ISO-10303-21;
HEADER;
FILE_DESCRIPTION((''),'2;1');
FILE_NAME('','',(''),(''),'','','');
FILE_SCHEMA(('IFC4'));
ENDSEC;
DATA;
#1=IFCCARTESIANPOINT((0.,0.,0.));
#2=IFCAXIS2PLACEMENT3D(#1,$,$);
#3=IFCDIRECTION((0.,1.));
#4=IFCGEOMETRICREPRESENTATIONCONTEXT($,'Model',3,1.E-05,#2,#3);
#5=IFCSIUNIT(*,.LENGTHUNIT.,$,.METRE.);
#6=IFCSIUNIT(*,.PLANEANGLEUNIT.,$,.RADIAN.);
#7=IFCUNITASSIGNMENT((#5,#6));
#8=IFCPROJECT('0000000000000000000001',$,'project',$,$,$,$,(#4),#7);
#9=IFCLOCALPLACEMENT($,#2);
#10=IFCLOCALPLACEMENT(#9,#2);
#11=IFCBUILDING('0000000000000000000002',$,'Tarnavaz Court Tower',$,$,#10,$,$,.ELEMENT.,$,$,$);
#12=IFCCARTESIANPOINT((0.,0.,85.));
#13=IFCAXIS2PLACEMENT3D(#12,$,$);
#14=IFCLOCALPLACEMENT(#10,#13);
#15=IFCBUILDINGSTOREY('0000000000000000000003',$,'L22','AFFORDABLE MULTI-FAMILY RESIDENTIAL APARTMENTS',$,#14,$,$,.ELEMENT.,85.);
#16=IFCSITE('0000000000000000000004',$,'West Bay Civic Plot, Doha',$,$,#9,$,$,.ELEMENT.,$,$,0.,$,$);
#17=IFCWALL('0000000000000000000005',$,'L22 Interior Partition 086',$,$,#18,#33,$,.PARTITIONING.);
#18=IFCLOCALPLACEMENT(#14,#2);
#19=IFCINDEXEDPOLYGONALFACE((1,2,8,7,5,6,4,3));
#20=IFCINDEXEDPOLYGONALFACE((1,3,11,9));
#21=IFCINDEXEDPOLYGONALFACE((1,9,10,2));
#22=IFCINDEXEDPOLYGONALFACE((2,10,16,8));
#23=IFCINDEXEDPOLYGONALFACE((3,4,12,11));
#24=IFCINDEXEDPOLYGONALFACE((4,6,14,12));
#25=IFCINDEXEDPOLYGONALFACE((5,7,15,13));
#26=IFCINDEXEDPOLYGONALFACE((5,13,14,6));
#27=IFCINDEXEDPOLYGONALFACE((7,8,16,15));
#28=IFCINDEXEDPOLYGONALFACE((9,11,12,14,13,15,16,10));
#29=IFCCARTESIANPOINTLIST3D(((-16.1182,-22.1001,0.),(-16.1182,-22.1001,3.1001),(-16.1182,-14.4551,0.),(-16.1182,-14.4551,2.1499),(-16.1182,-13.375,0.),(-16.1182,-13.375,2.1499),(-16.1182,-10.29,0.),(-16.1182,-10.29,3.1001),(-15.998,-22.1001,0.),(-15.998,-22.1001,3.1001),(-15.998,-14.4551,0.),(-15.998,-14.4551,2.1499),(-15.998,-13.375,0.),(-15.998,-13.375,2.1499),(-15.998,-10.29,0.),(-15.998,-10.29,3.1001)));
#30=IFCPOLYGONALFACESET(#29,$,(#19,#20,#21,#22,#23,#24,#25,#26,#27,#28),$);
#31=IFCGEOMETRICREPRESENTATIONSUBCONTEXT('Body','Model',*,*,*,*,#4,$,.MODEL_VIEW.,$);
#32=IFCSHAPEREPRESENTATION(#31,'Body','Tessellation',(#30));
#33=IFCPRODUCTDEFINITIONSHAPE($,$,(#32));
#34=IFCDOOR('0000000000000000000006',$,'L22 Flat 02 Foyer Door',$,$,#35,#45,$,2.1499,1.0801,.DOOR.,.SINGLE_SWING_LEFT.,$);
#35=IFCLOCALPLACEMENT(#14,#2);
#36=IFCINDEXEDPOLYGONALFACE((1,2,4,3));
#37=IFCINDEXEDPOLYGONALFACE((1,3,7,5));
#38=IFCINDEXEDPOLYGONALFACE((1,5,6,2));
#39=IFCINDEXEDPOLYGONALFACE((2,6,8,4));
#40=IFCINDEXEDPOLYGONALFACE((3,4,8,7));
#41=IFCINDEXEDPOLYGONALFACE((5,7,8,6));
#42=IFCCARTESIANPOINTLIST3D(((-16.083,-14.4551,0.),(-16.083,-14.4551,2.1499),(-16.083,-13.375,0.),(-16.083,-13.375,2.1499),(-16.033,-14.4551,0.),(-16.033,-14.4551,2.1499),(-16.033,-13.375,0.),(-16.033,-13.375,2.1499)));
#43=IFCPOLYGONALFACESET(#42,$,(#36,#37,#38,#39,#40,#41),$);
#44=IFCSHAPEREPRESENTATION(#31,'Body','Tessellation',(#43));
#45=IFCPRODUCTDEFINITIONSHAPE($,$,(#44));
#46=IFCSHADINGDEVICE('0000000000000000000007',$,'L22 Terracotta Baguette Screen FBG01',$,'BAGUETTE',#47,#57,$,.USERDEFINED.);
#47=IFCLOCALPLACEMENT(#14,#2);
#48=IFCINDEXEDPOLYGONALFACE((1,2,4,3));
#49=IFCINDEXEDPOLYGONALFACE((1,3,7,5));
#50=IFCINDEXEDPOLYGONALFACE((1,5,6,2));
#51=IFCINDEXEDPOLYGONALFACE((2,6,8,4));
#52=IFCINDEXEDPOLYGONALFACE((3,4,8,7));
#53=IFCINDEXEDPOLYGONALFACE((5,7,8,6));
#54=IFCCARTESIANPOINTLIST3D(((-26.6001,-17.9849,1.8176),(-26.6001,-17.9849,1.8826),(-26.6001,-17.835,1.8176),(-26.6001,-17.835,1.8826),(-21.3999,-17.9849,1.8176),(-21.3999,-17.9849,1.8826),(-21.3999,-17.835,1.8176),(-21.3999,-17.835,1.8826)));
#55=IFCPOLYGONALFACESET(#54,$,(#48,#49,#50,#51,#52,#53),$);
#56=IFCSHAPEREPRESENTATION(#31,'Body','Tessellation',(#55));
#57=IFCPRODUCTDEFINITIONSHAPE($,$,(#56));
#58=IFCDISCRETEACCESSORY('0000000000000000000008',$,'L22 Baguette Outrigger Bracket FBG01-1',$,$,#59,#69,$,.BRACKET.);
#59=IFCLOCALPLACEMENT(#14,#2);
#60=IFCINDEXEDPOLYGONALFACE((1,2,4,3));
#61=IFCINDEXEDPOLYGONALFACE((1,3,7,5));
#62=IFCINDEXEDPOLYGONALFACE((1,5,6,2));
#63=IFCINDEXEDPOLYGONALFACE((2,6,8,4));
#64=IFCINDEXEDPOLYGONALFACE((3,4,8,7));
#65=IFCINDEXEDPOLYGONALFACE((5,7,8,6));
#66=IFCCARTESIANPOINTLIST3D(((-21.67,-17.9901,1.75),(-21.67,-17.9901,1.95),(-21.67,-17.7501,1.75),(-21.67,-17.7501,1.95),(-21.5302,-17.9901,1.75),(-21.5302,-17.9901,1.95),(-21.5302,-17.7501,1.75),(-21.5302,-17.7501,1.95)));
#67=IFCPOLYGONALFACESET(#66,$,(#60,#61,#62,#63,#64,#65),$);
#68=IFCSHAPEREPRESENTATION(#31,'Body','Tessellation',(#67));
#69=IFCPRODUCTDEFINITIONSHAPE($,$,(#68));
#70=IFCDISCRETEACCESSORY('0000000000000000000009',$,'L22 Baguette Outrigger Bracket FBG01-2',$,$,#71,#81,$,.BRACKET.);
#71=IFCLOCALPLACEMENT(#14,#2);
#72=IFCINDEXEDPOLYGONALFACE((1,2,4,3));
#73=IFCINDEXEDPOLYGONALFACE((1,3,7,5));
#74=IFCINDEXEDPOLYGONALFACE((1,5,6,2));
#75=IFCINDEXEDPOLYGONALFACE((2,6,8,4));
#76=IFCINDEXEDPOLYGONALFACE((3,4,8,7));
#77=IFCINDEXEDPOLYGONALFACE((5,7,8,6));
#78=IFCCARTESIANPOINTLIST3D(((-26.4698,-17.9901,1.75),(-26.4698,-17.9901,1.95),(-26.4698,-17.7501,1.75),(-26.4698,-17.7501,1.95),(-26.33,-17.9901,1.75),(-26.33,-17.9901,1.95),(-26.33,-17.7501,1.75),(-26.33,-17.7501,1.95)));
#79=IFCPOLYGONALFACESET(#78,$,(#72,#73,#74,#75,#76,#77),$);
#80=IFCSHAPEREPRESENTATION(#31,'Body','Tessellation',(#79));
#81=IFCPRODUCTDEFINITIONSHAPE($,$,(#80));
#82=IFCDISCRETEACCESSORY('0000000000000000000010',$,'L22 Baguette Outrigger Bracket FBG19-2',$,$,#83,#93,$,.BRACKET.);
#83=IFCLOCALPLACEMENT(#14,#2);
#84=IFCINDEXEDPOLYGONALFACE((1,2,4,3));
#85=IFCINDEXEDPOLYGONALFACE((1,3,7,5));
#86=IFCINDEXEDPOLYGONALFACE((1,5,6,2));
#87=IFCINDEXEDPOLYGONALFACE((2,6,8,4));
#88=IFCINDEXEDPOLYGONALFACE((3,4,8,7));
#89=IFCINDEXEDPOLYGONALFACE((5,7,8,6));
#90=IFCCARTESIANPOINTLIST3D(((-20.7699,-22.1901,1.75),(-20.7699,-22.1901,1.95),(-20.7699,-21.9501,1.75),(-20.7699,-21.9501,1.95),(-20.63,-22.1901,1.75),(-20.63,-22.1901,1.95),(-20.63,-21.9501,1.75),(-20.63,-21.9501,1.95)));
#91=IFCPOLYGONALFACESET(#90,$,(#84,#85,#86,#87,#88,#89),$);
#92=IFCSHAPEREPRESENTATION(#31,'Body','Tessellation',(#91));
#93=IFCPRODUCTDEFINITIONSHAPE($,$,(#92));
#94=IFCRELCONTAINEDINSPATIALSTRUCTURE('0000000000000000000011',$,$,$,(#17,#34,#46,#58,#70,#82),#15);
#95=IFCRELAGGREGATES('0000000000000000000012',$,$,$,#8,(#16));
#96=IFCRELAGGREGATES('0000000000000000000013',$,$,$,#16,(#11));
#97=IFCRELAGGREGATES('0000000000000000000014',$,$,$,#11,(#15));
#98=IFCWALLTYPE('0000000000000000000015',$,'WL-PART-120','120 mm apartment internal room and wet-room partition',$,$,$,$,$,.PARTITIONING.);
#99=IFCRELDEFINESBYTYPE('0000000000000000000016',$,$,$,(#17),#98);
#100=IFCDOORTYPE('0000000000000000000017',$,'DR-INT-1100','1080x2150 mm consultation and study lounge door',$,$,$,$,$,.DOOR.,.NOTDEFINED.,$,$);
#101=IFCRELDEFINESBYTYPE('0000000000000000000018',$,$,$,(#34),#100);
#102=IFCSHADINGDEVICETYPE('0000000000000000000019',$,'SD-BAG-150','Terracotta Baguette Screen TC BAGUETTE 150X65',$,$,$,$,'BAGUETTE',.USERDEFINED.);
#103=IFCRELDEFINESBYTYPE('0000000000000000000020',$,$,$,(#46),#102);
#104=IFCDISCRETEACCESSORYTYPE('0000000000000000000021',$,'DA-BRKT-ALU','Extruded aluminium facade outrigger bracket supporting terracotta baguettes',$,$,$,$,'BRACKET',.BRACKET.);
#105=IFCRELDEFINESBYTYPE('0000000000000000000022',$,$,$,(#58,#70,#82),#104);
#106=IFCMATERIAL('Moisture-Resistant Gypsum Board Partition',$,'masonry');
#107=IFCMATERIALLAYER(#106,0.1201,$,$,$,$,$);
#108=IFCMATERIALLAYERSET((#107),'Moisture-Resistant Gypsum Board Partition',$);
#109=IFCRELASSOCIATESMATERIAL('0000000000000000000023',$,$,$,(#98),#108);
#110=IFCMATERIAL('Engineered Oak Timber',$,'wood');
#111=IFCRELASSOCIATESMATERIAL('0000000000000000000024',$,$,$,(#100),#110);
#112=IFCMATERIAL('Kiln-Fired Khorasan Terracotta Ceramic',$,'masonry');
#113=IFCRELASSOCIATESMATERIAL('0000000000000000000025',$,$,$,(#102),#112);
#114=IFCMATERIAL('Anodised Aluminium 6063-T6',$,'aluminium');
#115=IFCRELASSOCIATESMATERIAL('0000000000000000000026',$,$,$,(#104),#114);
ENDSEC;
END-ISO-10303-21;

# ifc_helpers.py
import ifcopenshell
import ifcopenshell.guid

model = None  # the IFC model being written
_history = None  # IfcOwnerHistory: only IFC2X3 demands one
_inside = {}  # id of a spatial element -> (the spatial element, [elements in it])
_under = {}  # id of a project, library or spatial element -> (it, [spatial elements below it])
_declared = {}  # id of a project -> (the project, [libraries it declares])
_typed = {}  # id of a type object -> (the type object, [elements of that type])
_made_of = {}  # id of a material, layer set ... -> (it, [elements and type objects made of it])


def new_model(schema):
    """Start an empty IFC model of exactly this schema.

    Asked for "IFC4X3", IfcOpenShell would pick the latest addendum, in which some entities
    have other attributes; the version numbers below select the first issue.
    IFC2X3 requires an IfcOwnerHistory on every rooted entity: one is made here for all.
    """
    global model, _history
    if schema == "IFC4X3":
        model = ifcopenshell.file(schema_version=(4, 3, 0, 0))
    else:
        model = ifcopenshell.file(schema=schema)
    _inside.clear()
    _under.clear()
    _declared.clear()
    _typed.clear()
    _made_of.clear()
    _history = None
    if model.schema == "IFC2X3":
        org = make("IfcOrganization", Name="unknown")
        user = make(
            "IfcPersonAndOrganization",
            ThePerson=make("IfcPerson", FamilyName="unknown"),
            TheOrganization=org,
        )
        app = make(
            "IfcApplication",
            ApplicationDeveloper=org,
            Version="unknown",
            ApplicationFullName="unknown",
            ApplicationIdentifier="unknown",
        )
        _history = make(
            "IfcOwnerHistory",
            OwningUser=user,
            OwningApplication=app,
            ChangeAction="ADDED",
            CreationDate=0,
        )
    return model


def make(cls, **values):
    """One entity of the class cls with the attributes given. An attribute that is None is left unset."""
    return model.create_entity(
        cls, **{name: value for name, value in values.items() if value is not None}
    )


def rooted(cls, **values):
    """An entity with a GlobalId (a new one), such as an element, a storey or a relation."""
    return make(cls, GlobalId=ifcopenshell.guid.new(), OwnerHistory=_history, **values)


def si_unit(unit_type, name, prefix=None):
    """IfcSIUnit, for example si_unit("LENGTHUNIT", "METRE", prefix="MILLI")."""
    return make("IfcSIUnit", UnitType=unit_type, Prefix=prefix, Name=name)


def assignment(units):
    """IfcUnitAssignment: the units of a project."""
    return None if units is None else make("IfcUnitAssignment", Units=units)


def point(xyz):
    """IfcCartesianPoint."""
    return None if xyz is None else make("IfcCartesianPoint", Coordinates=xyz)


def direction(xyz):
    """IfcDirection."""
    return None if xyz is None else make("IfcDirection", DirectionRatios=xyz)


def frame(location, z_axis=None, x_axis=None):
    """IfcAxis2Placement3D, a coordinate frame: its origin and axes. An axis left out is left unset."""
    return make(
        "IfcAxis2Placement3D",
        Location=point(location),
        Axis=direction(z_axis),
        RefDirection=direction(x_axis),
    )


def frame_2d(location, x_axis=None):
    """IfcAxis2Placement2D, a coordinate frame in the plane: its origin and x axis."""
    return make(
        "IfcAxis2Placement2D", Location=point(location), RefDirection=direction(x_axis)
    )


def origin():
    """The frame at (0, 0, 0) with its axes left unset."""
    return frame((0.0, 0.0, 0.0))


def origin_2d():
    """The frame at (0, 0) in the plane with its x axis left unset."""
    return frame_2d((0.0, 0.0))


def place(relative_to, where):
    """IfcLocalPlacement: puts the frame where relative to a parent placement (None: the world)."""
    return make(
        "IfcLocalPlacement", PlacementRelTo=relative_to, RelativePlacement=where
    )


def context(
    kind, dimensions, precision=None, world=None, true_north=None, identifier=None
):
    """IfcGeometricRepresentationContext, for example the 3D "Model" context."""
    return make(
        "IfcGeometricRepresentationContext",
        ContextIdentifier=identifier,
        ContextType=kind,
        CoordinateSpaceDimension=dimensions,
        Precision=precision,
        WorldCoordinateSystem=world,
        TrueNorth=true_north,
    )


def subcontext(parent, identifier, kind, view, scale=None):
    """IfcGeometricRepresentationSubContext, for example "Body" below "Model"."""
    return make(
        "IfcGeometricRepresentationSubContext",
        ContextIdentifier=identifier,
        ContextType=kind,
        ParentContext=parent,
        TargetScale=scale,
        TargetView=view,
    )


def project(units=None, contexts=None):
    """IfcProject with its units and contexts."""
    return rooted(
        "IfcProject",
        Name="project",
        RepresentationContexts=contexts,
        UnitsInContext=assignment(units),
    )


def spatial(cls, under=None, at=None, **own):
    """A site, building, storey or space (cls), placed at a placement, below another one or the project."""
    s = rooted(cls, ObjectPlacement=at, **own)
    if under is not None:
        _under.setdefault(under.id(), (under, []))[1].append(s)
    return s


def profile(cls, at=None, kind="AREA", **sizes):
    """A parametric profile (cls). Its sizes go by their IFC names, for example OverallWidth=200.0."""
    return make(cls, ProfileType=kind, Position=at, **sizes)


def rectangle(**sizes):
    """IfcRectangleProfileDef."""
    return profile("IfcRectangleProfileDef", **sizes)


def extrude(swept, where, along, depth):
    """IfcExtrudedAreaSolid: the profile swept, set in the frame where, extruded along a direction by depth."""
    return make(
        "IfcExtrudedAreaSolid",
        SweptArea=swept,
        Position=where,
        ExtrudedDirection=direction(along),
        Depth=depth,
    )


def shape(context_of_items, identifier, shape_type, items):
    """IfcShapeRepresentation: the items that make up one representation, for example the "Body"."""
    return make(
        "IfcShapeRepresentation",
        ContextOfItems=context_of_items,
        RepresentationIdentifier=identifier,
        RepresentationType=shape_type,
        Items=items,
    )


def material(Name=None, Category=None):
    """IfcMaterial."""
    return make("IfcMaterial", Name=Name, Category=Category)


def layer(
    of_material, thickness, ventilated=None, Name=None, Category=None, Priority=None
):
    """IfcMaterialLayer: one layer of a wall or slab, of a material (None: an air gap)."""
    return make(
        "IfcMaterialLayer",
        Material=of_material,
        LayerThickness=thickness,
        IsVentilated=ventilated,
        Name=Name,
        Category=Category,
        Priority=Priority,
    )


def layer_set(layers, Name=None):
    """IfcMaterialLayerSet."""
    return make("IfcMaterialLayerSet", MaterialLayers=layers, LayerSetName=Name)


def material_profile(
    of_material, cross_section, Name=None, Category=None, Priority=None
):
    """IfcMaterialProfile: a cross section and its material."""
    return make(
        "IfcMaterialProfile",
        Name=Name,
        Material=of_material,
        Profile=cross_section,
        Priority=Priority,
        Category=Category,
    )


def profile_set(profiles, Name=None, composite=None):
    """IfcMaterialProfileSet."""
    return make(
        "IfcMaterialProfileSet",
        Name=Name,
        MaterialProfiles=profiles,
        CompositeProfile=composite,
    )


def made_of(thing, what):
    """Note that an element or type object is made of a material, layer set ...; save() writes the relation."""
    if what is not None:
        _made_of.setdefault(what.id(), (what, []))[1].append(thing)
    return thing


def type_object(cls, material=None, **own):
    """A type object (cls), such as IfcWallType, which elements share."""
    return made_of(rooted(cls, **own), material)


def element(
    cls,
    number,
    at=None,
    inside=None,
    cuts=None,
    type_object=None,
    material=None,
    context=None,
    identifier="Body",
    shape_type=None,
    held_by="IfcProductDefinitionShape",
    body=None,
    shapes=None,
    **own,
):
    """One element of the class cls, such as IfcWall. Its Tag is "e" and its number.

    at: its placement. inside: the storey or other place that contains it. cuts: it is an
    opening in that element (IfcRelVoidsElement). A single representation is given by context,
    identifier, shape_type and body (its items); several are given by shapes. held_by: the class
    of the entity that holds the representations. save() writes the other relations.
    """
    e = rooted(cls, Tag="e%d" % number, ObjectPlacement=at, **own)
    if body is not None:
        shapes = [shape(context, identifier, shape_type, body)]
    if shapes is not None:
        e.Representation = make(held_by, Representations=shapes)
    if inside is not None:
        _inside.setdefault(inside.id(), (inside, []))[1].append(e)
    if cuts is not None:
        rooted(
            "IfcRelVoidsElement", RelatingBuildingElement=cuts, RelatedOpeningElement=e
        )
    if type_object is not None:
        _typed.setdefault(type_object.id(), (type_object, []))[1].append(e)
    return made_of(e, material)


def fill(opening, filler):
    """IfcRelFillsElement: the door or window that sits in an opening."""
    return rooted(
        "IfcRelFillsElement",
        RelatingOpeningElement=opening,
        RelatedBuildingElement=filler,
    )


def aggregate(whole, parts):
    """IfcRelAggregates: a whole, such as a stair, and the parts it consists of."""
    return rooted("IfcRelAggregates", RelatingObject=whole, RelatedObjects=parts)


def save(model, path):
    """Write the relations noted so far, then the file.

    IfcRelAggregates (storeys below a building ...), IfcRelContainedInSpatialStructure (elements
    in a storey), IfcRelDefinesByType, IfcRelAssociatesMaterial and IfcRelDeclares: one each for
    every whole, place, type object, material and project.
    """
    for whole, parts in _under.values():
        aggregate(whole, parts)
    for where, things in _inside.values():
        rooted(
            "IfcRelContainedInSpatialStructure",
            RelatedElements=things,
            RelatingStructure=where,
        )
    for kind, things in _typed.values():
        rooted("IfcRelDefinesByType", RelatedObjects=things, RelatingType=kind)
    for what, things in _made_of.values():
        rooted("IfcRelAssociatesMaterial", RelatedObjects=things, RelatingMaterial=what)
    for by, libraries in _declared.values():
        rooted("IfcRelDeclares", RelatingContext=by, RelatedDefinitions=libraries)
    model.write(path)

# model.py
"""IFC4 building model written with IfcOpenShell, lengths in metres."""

from ifc_helpers import new_model, si_unit, direction, frame, frame_2d, origin, origin_2d, place, context, subcontext, project, spatial, rectangle, extrude, material, layer, layer_set, material_profile, profile_set, type_object, element, fill, save


model = new_model("IFC4")

# Units and contexts
model_context = context("Model", 3, precision=1e-05, world=origin(), true_north=direction((0.0, 1.0)))
body_context = subcontext(model_context, "Body", "Model", "MODEL_VIEW")
ifc_project = project(units=[si_unit("LENGTHUNIT", "METRE"), si_unit("PLANEANGLEUNIT", "RADIAN")], contexts=[model_context])

# Site, building, storey
site_placement = place(None, origin())
site = spatial("IfcSite", under=ifc_project, at=site_placement, Name="West Bay Civic Plot, Doha", CompositionType="ELEMENT", RefElevation=0.0)
building_placement = place(site_placement, origin())
building = spatial("IfcBuilding", under=site, at=building_placement, Name="Tarnavaz Court Tower", CompositionType="ELEMENT")
storey_placement = place(building_placement, frame((0.0, 0.0, 85.0)))
storey = spatial("IfcBuildingStorey", under=building, at=storey_placement, Name="L22", Description="AFFORDABLE MULTI-FAMILY RESIDENTIAL APARTMENTS", CompositionType="ELEMENT", Elevation=85.0)

# Wall, opening, door
ifc_material_1 = material(Name="Moisture-Resistant Gypsum Board Partition", Category="masonry")
ifc_layer_1 = layer(ifc_material_1, 0.1201)
ifc_layer_set_1 = layer_set([ifc_layer_1], Name="Moisture-Resistant Gypsum Board Partition")
wall_type_1 = type_object("IfcWallType", Name="WL-PART-120", Description="120 mm apartment internal room and wet-room partition", PredefinedType="PARTITIONING", material=ifc_layer_set_1)
wall_1_placement = place(storey_placement, frame((-16.0581, -22.1001, 0.0), z_axis=(0.0, 0.0, 1.0), x_axis=(0.0, 1.0, 0.0)))
wall_1 = element("IfcWall", 1, at=wall_1_placement, inside=storey, type_object=wall_type_1, Name="L22 Interior Partition 086", PredefinedType="PARTITIONING", context=body_context, shape_type="SweptSolid", body=[
    extrude(rectangle(XDim=11.8101, YDim=0.1201, at=frame_2d((5.905, 0.0))), origin(), (0.0, 0.0, 1.0), 3.1001),
])
opening_1_placement = place(wall_1_placement, frame((7.645, 0.0, 0.0)))
opening_1 = element("IfcOpeningElement", 2, at=opening_1_placement, cuts=wall_1, PredefinedType="OPENING", context=body_context, shape_type="SweptSolid", body=[
    extrude(rectangle(XDim=1.0801, YDim=2.1499, at=frame_2d((0.54, 1.075))), frame((0.0, 0.0701, 0.0), z_axis=(0.0, -1.0, 0.0), x_axis=(1.0, 0.0, 0.0)), (0.0, 0.0, 1.0), 0.1401),
])
ifc_material_2 = material(Name="Engineered Oak Timber", Category="wood")
door_type = type_object("IfcDoorType", Name="DR-INT-1100", Description="1080x2150 mm consultation and study lounge door", OperationType="NOTDEFINED", PredefinedType="DOOR", material=ifc_material_2)
door_placement = place(opening_1_placement, origin())
door = element("IfcDoor", 3, at=door_placement, inside=storey, type_object=door_type, Name="L22 Flat 02 Foyer Door", OperationType="SINGLE_SWING_LEFT", OverallHeight=2.1499, OverallWidth=1.0801, PredefinedType="DOOR", context=body_context, shape_type="SweptSolid", body=[
    extrude(rectangle(XDim=1.0801, YDim=2.1499, at=frame_2d((0.54, 1.075))), frame((0.0, 0.0249, 0.0), z_axis=(0.0, -1.0, 0.0), x_axis=(1.0, 0.0, 0.0)), (0.0, 0.0, 1.0), 0.05),
])
fill(opening_1, door)

# Shading device
ifc_material_3 = material(Name="Kiln-Fired Khorasan Terracotta Ceramic", Category="masonry")
ifc_material_profile_1 = material_profile(ifc_material_3, rectangle(XDim=0.1499, YDim=0.0649, at=origin_2d()), Name="TC BAGUETTE 150X65")
ifc_profile_set_1 = profile_set([ifc_material_profile_1], Name="Kiln-Fired Khorasan Terracotta Ceramic")
shading_device_type = type_object("IfcShadingDeviceType", Name="SD-BAG-150", Description="Terracotta Baguette Screen TC BAGUETTE 150X65", ElementType="BAGUETTE", PredefinedType="USERDEFINED", material=ifc_profile_set_1)
shading_device_placement = place(storey_placement, frame((-21.3999, -17.9099, 1.8501), z_axis=(-1.0, 0.0, 0.0), x_axis=(0.0, -1.0, 0.0)))
element("IfcShadingDevice", 4, at=shading_device_placement, inside=storey, type_object=shading_device_type, Name="L22 Terracotta Baguette Screen FBG01", ObjectType="BAGUETTE", PredefinedType="USERDEFINED", context=body_context, shape_type="SweptSolid", body=[
    extrude(rectangle(XDim=0.1499, YDim=0.0649, at=origin_2d()), origin(), (0.0, 0.0, 1.0), 5.2002),
])

# Discrete accessories
ifc_material_4 = material(Name="Anodised Aluminium 6063-T6", Category="aluminium")
discrete_accessory_type = type_object("IfcDiscreteAccessoryType", Name="DA-BRKT-ALU", Description="Extruded aluminium facade outrigger bracket supporting terracotta baguettes", ElementType="BRACKET", PredefinedType="BRACKET", material=ifc_material_4)
for number, where, z_axis, x_axis, name in (
    (5, (-21.6001, -17.8701, 1.75), (0.0, 0.0, 1.0), (-1.0, 0.0, 0.0), "L22 Baguette Outrigger Bracket FBG01-1"),
    (6, (-26.3999, -17.8701, 1.75), (0.0, 0.0, 1.0), (-1.0, 0.0, 0.0), "L22 Baguette Outrigger Bracket FBG01-2"),
    (7, (-20.7, -22.0701, 1.75), (0.0, 0.0, 1.0), (-1.0, 0.0, 0.0), "L22 Baguette Outrigger Bracket FBG19-2"),
):
    element("IfcDiscreteAccessory", number, at=place(storey_placement, frame(where, z_axis=z_axis, x_axis=x_axis)), inside=storey, type_object=discrete_accessory_type, Name=name, PredefinedType="BRACKET", context=body_context, shape_type="SweptSolid", body=[
        extrude(rectangle(XDim=0.1399, YDim=0.24, at=origin_2d()), origin(), (0.0, 0.0, 1.0), 0.2),
    ])

save(model, "model.ifc")
